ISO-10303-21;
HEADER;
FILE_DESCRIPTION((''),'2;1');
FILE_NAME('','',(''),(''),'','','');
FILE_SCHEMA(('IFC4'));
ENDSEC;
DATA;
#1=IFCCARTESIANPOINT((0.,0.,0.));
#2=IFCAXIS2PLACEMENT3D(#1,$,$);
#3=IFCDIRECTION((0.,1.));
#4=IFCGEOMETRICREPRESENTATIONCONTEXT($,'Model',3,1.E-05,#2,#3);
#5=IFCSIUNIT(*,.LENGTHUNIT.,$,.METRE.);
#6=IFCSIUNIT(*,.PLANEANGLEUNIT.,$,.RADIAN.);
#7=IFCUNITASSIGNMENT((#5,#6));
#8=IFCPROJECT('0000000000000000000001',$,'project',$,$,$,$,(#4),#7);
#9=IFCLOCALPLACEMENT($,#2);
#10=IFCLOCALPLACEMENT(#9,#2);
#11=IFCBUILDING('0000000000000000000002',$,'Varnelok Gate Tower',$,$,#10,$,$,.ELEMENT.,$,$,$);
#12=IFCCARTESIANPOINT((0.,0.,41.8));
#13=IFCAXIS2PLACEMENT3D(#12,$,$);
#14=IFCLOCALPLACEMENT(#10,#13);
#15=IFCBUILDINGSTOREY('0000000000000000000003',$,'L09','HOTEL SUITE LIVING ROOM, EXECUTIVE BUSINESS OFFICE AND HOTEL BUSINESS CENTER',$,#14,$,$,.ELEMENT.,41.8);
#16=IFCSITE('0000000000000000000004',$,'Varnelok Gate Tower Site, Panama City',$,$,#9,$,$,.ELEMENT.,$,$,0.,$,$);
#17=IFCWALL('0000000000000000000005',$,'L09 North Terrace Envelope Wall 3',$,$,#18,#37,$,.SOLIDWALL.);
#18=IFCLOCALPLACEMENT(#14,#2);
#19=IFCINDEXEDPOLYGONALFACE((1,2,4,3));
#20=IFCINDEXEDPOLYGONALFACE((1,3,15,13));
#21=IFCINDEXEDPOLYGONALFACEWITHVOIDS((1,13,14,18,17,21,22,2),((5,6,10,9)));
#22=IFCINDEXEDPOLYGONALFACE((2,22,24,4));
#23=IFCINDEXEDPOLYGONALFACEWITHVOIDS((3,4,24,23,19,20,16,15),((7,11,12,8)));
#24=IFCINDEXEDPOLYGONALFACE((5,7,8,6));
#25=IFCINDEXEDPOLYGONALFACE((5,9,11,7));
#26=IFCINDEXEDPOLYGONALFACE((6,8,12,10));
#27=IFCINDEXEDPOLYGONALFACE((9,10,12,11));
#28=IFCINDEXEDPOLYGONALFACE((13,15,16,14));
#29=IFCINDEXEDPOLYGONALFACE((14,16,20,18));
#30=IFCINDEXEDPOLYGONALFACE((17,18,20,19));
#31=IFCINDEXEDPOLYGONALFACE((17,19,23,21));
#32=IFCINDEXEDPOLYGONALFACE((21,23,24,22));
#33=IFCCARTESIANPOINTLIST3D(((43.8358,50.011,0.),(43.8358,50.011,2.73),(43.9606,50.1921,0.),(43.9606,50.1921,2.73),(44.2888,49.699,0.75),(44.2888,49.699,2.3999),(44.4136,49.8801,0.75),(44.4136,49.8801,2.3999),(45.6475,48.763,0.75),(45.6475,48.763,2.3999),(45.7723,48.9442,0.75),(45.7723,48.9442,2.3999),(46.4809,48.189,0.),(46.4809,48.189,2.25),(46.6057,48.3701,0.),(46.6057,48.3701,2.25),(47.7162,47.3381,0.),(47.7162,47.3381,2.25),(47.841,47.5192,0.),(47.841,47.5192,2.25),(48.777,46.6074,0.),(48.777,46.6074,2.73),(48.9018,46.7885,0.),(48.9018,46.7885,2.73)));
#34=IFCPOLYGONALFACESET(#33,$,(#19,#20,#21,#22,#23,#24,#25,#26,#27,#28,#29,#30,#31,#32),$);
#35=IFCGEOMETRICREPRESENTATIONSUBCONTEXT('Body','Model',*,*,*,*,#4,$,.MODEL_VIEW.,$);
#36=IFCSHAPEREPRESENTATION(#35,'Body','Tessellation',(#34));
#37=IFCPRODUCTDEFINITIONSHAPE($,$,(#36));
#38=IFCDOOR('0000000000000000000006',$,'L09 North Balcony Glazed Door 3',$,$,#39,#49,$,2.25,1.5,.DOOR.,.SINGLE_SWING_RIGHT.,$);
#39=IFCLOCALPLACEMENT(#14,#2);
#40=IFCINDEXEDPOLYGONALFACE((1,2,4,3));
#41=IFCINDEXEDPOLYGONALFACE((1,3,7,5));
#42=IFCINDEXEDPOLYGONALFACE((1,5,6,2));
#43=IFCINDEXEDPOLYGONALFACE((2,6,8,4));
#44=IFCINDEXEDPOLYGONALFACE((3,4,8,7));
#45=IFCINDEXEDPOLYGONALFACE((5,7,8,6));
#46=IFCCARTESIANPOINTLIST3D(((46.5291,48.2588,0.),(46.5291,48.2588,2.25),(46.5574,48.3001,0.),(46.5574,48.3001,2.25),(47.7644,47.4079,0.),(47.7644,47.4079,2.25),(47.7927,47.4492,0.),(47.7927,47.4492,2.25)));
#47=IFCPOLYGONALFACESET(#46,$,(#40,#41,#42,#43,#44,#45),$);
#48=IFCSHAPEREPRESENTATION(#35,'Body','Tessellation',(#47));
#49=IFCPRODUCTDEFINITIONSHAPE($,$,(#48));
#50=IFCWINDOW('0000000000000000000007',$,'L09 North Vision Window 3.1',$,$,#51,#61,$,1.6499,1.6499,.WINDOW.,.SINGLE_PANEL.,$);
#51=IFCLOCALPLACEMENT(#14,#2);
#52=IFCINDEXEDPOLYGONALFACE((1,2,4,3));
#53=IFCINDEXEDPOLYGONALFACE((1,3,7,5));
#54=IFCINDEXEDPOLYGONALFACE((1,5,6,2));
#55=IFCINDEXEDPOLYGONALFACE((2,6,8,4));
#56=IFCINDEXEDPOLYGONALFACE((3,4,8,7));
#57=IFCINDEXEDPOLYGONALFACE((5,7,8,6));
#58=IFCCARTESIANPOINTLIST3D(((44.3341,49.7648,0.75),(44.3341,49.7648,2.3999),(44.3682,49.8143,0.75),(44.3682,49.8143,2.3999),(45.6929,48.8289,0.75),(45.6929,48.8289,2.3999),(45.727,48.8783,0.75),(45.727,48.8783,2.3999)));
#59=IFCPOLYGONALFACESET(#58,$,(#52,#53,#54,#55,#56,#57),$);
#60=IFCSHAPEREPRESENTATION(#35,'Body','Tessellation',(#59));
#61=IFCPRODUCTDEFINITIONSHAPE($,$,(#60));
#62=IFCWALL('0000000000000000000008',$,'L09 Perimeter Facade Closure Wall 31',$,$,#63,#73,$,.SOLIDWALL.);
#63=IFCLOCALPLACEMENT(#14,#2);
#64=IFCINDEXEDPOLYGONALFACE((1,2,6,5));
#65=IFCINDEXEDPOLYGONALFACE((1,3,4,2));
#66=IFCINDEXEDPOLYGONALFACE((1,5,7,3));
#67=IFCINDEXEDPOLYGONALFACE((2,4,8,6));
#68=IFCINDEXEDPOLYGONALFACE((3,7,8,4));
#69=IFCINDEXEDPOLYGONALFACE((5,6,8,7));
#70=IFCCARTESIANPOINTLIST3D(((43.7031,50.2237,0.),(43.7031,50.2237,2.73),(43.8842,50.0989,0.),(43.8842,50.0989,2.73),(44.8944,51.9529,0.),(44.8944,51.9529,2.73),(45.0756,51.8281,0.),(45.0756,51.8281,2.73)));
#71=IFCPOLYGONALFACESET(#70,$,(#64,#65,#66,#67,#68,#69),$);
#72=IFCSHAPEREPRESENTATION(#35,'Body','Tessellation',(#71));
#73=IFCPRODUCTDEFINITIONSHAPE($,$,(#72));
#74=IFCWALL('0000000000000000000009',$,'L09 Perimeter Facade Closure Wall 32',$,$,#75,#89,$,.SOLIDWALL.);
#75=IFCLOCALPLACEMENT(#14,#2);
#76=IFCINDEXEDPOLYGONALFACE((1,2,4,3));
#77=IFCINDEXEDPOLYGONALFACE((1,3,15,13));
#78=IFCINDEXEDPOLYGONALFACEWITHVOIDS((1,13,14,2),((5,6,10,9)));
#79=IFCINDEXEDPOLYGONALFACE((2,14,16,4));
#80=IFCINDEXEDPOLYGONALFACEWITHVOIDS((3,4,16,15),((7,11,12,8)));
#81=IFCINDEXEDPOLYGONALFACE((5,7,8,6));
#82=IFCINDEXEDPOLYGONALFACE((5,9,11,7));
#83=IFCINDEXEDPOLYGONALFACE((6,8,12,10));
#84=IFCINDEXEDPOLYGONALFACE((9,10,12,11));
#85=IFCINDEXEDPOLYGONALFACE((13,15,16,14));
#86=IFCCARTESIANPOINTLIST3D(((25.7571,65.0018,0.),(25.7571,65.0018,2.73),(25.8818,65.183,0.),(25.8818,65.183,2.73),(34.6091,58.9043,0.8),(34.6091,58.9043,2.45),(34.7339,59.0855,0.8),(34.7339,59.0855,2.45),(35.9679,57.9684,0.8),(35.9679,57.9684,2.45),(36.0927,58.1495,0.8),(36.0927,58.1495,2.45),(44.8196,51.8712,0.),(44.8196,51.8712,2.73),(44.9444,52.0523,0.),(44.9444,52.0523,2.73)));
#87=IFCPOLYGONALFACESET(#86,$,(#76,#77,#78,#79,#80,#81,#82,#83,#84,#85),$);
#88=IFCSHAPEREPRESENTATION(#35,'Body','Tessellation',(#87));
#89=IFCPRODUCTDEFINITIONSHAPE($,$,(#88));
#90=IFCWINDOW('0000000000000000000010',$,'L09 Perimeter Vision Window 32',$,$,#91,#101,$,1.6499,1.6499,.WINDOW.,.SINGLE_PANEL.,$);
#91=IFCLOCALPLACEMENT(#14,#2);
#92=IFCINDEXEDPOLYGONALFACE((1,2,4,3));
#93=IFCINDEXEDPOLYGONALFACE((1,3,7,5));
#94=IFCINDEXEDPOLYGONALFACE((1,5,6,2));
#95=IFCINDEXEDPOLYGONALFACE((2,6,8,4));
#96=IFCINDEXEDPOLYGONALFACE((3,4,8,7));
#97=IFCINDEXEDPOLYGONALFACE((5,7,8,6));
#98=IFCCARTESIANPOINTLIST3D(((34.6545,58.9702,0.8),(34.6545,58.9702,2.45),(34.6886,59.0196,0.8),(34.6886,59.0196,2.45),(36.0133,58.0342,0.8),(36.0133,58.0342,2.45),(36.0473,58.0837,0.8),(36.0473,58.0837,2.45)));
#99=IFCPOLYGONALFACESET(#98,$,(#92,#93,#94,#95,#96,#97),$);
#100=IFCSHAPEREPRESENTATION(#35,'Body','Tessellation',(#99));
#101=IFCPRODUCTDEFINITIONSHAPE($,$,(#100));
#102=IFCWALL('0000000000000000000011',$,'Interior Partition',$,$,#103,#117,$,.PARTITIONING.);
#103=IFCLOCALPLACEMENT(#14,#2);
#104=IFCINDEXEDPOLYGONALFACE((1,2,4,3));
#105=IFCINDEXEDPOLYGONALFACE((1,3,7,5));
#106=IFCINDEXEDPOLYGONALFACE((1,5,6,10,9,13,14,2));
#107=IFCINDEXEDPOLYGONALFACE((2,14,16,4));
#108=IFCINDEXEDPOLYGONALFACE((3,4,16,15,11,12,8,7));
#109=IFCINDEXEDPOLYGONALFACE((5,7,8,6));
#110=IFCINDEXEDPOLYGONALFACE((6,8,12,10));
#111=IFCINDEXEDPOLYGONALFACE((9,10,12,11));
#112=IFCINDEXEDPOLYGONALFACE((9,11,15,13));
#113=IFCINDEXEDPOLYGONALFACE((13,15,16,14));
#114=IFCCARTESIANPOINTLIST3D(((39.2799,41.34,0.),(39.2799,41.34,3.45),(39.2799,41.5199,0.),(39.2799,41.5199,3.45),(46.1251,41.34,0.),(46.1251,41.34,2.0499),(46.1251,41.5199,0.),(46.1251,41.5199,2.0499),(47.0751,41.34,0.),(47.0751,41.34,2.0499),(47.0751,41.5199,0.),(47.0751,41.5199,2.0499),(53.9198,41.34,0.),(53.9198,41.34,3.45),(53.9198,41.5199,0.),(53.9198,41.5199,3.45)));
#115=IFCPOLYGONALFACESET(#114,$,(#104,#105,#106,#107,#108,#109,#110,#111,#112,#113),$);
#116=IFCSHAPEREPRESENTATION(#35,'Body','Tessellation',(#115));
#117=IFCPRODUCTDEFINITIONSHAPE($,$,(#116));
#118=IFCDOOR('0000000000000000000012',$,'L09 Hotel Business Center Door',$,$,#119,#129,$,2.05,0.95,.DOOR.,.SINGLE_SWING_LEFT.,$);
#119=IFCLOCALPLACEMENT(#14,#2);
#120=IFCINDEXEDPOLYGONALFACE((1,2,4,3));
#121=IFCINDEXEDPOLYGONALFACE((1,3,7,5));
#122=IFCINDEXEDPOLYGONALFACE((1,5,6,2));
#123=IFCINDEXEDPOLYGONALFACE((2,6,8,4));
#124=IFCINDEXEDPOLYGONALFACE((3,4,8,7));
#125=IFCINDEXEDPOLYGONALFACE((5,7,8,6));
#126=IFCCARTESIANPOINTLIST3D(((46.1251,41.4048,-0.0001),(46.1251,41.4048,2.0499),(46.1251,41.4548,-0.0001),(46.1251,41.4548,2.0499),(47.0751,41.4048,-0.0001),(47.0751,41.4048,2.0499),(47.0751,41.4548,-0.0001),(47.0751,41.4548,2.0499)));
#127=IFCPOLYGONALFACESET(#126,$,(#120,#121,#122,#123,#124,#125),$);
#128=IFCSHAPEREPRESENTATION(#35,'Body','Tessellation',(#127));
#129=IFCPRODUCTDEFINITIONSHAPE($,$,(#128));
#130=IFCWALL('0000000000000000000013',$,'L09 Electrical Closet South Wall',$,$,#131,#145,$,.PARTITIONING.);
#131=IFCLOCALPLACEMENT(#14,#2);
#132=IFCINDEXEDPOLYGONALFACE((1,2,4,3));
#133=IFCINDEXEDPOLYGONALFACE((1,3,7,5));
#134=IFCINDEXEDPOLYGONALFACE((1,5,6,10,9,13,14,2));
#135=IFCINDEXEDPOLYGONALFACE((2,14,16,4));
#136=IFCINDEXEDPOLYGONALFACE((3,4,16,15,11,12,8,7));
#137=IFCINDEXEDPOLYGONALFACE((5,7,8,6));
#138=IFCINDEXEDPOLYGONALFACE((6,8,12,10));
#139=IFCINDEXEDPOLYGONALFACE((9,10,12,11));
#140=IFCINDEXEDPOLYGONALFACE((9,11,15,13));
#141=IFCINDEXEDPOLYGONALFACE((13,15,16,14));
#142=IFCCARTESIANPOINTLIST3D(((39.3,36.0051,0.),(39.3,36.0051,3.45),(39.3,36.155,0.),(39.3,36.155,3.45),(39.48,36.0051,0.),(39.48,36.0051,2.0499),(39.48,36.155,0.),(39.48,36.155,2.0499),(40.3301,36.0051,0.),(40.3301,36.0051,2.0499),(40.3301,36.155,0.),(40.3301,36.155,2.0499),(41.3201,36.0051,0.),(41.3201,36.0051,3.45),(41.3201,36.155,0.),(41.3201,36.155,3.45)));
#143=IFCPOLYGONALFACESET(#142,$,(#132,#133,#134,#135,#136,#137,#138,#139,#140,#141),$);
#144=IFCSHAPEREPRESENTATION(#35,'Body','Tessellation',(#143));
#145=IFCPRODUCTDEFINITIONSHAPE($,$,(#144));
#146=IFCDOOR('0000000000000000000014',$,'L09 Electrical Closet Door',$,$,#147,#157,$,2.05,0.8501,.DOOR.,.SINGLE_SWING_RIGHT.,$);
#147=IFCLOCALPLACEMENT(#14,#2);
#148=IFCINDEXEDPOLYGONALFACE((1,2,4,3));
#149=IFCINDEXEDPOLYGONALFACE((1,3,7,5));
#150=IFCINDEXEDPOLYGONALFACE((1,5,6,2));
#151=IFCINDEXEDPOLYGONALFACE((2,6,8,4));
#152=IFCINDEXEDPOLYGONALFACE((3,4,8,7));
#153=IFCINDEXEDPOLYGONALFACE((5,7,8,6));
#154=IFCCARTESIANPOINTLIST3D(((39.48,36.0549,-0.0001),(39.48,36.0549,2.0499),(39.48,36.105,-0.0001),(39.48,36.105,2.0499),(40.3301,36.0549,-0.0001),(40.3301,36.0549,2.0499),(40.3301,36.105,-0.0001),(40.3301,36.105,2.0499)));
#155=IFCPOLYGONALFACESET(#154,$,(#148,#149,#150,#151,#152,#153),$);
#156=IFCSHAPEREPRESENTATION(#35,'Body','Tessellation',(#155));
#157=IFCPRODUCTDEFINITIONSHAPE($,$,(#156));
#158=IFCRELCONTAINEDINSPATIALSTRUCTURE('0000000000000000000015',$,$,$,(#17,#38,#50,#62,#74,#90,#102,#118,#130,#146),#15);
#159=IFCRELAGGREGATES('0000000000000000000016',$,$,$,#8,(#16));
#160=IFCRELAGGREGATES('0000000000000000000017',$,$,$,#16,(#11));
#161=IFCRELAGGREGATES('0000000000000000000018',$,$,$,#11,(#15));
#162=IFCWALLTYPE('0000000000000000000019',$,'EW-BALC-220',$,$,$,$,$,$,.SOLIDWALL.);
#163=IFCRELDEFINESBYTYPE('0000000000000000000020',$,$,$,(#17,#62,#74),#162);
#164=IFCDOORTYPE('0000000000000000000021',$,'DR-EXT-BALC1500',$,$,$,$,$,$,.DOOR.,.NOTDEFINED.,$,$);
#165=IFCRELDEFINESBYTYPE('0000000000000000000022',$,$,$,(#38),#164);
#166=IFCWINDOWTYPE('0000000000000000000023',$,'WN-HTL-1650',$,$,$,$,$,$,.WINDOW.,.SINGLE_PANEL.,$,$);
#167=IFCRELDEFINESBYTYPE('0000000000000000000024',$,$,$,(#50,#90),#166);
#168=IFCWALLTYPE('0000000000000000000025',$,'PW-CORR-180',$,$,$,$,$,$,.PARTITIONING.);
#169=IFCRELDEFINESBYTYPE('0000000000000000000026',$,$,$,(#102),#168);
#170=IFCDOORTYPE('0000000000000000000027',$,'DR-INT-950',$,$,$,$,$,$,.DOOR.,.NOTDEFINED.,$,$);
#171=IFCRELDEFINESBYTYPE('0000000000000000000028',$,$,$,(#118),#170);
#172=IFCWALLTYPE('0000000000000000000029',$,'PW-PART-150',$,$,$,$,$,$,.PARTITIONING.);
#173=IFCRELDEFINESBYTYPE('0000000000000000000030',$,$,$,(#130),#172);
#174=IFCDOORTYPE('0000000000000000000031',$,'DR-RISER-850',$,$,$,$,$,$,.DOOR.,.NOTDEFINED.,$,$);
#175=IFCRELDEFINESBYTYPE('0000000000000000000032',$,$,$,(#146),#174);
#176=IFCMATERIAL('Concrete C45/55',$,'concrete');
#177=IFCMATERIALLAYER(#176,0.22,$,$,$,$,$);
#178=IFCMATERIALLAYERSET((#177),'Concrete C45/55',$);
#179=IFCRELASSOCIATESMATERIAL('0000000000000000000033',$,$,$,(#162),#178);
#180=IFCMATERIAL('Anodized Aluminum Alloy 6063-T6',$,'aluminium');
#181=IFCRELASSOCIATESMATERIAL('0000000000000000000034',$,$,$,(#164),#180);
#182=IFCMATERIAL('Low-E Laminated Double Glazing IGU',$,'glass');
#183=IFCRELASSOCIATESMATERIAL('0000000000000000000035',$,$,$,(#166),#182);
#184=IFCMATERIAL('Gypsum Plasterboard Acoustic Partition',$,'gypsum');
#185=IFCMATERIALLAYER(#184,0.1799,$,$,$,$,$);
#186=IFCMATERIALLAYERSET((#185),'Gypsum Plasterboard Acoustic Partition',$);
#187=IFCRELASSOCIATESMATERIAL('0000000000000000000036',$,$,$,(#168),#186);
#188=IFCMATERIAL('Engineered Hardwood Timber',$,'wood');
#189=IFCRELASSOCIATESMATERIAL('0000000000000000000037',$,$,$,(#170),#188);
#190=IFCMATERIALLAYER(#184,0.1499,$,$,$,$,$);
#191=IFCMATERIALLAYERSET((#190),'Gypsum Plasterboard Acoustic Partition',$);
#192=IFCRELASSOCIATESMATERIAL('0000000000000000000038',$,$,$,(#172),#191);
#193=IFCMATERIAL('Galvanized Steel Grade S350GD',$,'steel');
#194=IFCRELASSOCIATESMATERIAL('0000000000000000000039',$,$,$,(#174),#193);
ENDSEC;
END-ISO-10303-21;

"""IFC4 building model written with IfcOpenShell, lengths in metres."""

from ifc_helpers import new_model, si_unit, direction, frame, frame_2d, origin, place, context, subcontext, project, spatial, rectangle, extrude, material, layer, layer_set, type_object, element, fill, save


model = new_model("IFC4")

# Units and contexts
model_context = context("Model", 3, precision=1e-05, world=origin(), true_north=direction((0.0, 1.0)))
body_context = subcontext(model_context, "Body", "Model", "MODEL_VIEW")
ifc_project = project(units=[si_unit("LENGTHUNIT", "METRE"), si_unit("PLANEANGLEUNIT", "RADIAN")], contexts=[model_context])

# Site, building, storey
site_placement = place(None, origin())
site = spatial("IfcSite", under=ifc_project, at=site_placement, Name="Varnelok Gate Tower Site, Panama City", CompositionType="ELEMENT", RefElevation=0.0)
building_placement = place(site_placement, origin())
building = spatial("IfcBuilding", under=site, at=building_placement, Name="Varnelok Gate Tower", CompositionType="ELEMENT")
storey_placement = place(building_placement, frame((0.0, 0.0, 41.8)))
storey = spatial("IfcBuildingStorey", under=building, at=storey_placement, Name="L09", Description="HOTEL SUITE LIVING ROOM, EXECUTIVE BUSINESS OFFICE AND HOTEL BUSINESS CENTER", CompositionType="ELEMENT", Elevation=41.8)

# Wall, openings, door, window
ifc_material_1 = material(Name="Concrete C45/55", Category="concrete")
ifc_layer_1 = layer(ifc_material_1, 0.22)
ifc_layer_set_1 = layer_set([ifc_layer_1], Name="Concrete C45/55")
wall_type_1 = type_object("IfcWallType", Name="EW-BALC-220", PredefinedType="SOLIDWALL", material=ifc_layer_set_1)
wall_1_placement = place(storey_placement, frame((43.8982, 50.1016, 0.0), z_axis=(0.0, 0.0, 1.0), x_axis=(0.823535, -0.567266, 0.0)))
wall_1 = element("IfcWall", 1, at=wall_1_placement, inside=storey, type_object=wall_type_1, Name="L09 North Terrace Envelope Wall 3", PredefinedType="SOLIDWALL", context=body_context, shape_type="SweptSolid", body=[
    extrude(rectangle(XDim=6.0, YDim=0.22, at=frame_2d((3.0, 0.0))), origin(), (0.0, 0.0, 1.0), 2.73),
])
opening_1_placement = place(wall_1_placement, frame((3.2119, 0.0, 0.0)))
opening_1 = element("IfcOpeningElement", 2, at=opening_1_placement, cuts=wall_1, PredefinedType="OPENING", context=body_context, shape_type="SweptSolid", body=[
    extrude(rectangle(XDim=1.5, YDim=2.25, at=frame_2d((0.75, 1.125))), frame((0.0, 0.1199, 0.0), z_axis=(0.0, -1.0, 0.0), x_axis=(1.0, 0.0, 0.0)), (0.0, 0.0, 1.0), 0.24),
])
opening_2_placement = place(wall_1_placement, frame((0.55, 0.0, 0.75)))
opening_2 = element("IfcOpeningElement", 3, at=opening_2_placement, cuts=wall_1, PredefinedType="OPENING", context=body_context, shape_type="SweptSolid", body=[
    extrude(rectangle(XDim=1.6499, YDim=1.6499, at=frame_2d((0.825, 0.825))), frame((0.0, 0.1199, 0.0), z_axis=(0.0, -1.0, 0.0), x_axis=(1.0, 0.0, 0.0)), (0.0, 0.0, 1.0), 0.24),
])
ifc_material_2 = material(Name="Anodized Aluminum Alloy 6063-T6", Category="aluminium")
door_type_1 = type_object("IfcDoorType", Name="DR-EXT-BALC1500", OperationType="NOTDEFINED", PredefinedType="DOOR", material=ifc_material_2)
door_1_placement = place(opening_1_placement, origin())
door_1 = element("IfcDoor", 4, at=door_1_placement, inside=storey, type_object=door_type_1, Name="L09 North Balcony Glazed Door 3", OperationType="SINGLE_SWING_RIGHT", OverallHeight=2.25, OverallWidth=1.5, PredefinedType="DOOR", context=body_context, shape_type="SweptSolid", body=[
    extrude(rectangle(XDim=1.5, YDim=2.25, at=frame_2d((0.75, 1.125))), frame((0.0, 0.0249, 0.0), z_axis=(0.0, -1.0, 0.0), x_axis=(1.0, 0.0, 0.0)), (0.0, 0.0, 1.0), 0.05),
])
fill(opening_1, door_1)
ifc_material_3 = material(Name="Low-E Laminated Double Glazing IGU", Category="glass")
window_type = type_object("IfcWindowType", Name="WN-HTL-1650", PartitioningType="SINGLE_PANEL", PredefinedType="WINDOW", material=ifc_material_3)
window_1_placement = place(opening_2_placement, origin())
window_1 = element("IfcWindow", 5, at=window_1_placement, inside=storey, type_object=window_type, Name="L09 North Vision Window 3.1", OverallHeight=1.6499, OverallWidth=1.6499, PartitioningType="SINGLE_PANEL", PredefinedType="WINDOW", context=body_context, shape_type="SweptSolid", body=[
    extrude(rectangle(XDim=1.6499, YDim=1.6499, at=frame_2d((0.825, 0.825))), frame((0.0, 0.03, 0.0), z_axis=(0.0, -1.0, 0.0), x_axis=(1.0, 0.0, 0.0)), (0.0, 0.0, 1.0), 0.0601),
])
fill(opening_2, window_1)

# Wall
wall_2_placement = place(storey_placement, frame((43.7937, 50.1614, 0.0), z_axis=(0.0, 0.0, 1.0), x_axis=(0.567353, 0.823475, 0.0)))
element("IfcWall", 6, at=wall_2_placement, inside=storey, type_object=wall_type_1, Name="L09 Perimeter Facade Closure Wall 31", PredefinedType="SOLIDWALL", context=body_context, shape_type="SweptSolid", body=[
    extrude(rectangle(XDim=2.0999, YDim=0.22, at=frame_2d((1.0498, 0.0))), origin(), (0.0, 0.0, 1.0), 2.73),
])

# Wall, opening, window
wall_3_placement = place(storey_placement, frame((44.8821, 51.9617, 0.0), z_axis=(0.0, 0.0, 1.0), x_axis=(-0.823534, 0.567266, 0.0)))
wall_3 = element("IfcWall", 7, at=wall_3_placement, inside=storey, type_object=wall_type_1, Name="L09 Perimeter Facade Closure Wall 32", PredefinedType="SOLIDWALL", context=body_context, shape_type="SweptSolid", body=[
    extrude(rectangle(XDim=23.1472, YDim=0.22, at=frame_2d((11.5737, 0.0))), origin(), (0.0, 0.0, 1.0), 2.73),
])
opening_3_placement = place(wall_3_placement, frame((10.7485, 0.0, 0.8)))
opening_3 = element("IfcOpeningElement", 8, at=opening_3_placement, cuts=wall_3, PredefinedType="OPENING", context=body_context, shape_type="SweptSolid", body=[
    extrude(rectangle(XDim=1.6499, YDim=1.6499, at=frame_2d((0.825, 0.825))), frame((0.0, 0.1199, 0.0), z_axis=(0.0, -1.0, 0.0), x_axis=(1.0, 0.0, 0.0)), (0.0, 0.0, 1.0), 0.24),
])
window_2_placement = place(opening_3_placement, origin())
window_2 = element("IfcWindow", 9, at=window_2_placement, inside=storey, type_object=window_type, Name="L09 Perimeter Vision Window 32", OverallHeight=1.6499, OverallWidth=1.6499, PartitioningType="SINGLE_PANEL", PredefinedType="WINDOW", context=body_context, shape_type="SweptSolid", body=[
    extrude(rectangle(XDim=1.6499, YDim=1.6499, at=frame_2d((0.825, 0.825))), frame((0.0, 0.03, 0.0), z_axis=(0.0, -1.0, 0.0), x_axis=(1.0, 0.0, 0.0)), (0.0, 0.0, 1.0), 0.0601),
])
fill(opening_3, window_2)

# Walls, openings, doors
ifc_material_4 = material(Name="Gypsum Plasterboard Acoustic Partition", Category="gypsum")
ifc_layer_2 = layer(ifc_material_4, 0.1799)
ifc_layer_set_2 = layer_set([ifc_layer_2], Name="Gypsum Plasterboard Acoustic Partition")
wall_type_2 = type_object("IfcWallType", Name="PW-CORR-180", PredefinedType="PARTITIONING", material=ifc_layer_set_2)
wall_4_placement = place(storey_placement, frame((39.28, 41.4299, 0.0), z_axis=(0.0, 0.0, 1.0), x_axis=(1.0, 0.0, 0.0)))
wall_4 = element("IfcWall", 10, at=wall_4_placement, inside=storey, type_object=wall_type_2, Name="Interior Partition", PredefinedType="PARTITIONING", context=body_context, shape_type="SweptSolid", body=[
    extrude(rectangle(XDim=14.6399, YDim=0.1799, at=frame_2d((7.3198, 0.0))), origin(), (0.0, 0.0, 1.0), 3.45),
])
opening_4_placement = place(wall_4_placement, frame((6.845, 0.0, 0.0)))
opening_4 = element("IfcOpeningElement", 11, at=opening_4_placement, cuts=wall_4, PredefinedType="OPENING", context=body_context, shape_type="SweptSolid", body=[
    extrude(rectangle(XDim=0.95, YDim=2.05, at=frame_2d((0.4751, 1.0249))), frame((0.0, 0.0999, 0.0), z_axis=(0.0, -1.0, 0.0), x_axis=(1.0, 0.0, 0.0)), (0.0, 0.0, 1.0), 0.2),
])
ifc_material_5 = material(Name="Engineered Hardwood Timber", Category="wood")
door_type_2 = type_object("IfcDoorType", Name="DR-INT-950", OperationType="NOTDEFINED", PredefinedType="DOOR", material=ifc_material_5)
door_2_placement = place(opening_4_placement, origin())
door_2 = element("IfcDoor", 12, at=door_2_placement, inside=storey, type_object=door_type_2, Name="L09 Hotel Business Center Door", OperationType="SINGLE_SWING_LEFT", OverallHeight=2.05, OverallWidth=0.95, PredefinedType="DOOR", context=body_context, shape_type="SweptSolid", body=[
    extrude(rectangle(XDim=0.95, YDim=2.05, at=frame_2d((0.4751, 1.0249))), frame((0.0, 0.0249, 0.0), z_axis=(0.0, -1.0, 0.0), x_axis=(1.0, 0.0, 0.0)), (0.0, 0.0, 1.0), 0.05),
])
fill(opening_4, door_2)
ifc_layer_3 = layer(ifc_material_4, 0.1499)
ifc_layer_set_3 = layer_set([ifc_layer_3], Name="Gypsum Plasterboard Acoustic Partition")
wall_type_3 = type_object("IfcWallType", Name="PW-PART-150", PredefinedType="PARTITIONING", material=ifc_layer_set_3)
wall_5_placement = place(storey_placement, frame((39.3, 36.0801, 0.0), z_axis=(0.0, 0.0, 1.0), x_axis=(1.0, 0.0, 0.0)))
wall_5 = element("IfcWall", 13, at=wall_5_placement, inside=storey, type_object=wall_type_3, Name="L09 Electrical Closet South Wall", PredefinedType="PARTITIONING", context=body_context, shape_type="SweptSolid", body=[
    extrude(rectangle(XDim=2.02, YDim=0.1499, at=frame_2d((1.01, 0.0))), origin(), (0.0, 0.0, 1.0), 3.45),
])
opening_5_placement = place(wall_5_placement, frame((0.1799, 0.0, 0.0)))
opening_5 = element("IfcOpeningElement", 14, at=opening_5_placement, cuts=wall_5, PredefinedType="OPENING", context=body_context, shape_type="SweptSolid", body=[
    extrude(rectangle(XDim=0.8501, YDim=2.05, at=frame_2d((0.425, 1.0249))), frame((0.0, 0.085, 0.0), z_axis=(0.0, -1.0, 0.0), x_axis=(1.0, 0.0, 0.0)), (0.0, 0.0, 1.0), 0.1699),
])
ifc_material_6 = material(Name="Galvanized Steel Grade S350GD", Category="steel")
door_type_3 = type_object("IfcDoorType", Name="DR-RISER-850", OperationType="NOTDEFINED", PredefinedType="DOOR", material=ifc_material_6)
door_3_placement = place(opening_5_placement, origin())
door_3 = element("IfcDoor", 15, at=door_3_placement, inside=storey, type_object=door_type_3, Name="L09 Electrical Closet Door", OperationType="SINGLE_SWING_RIGHT", OverallHeight=2.05, OverallWidth=0.8501, PredefinedType="DOOR", context=body_context, shape_type="SweptSolid", body=[
    extrude(rectangle(XDim=0.8501, YDim=2.05, at=frame_2d((0.425, 1.0249))), frame((0.0, 0.0249, 0.0), z_axis=(0.0, -1.0, 0.0), x_axis=(1.0, 0.0, 0.0)), (0.0, 0.0, 1.0), 0.05),
])
fill(opening_5, door_3)

save(model, "model.ifc")
